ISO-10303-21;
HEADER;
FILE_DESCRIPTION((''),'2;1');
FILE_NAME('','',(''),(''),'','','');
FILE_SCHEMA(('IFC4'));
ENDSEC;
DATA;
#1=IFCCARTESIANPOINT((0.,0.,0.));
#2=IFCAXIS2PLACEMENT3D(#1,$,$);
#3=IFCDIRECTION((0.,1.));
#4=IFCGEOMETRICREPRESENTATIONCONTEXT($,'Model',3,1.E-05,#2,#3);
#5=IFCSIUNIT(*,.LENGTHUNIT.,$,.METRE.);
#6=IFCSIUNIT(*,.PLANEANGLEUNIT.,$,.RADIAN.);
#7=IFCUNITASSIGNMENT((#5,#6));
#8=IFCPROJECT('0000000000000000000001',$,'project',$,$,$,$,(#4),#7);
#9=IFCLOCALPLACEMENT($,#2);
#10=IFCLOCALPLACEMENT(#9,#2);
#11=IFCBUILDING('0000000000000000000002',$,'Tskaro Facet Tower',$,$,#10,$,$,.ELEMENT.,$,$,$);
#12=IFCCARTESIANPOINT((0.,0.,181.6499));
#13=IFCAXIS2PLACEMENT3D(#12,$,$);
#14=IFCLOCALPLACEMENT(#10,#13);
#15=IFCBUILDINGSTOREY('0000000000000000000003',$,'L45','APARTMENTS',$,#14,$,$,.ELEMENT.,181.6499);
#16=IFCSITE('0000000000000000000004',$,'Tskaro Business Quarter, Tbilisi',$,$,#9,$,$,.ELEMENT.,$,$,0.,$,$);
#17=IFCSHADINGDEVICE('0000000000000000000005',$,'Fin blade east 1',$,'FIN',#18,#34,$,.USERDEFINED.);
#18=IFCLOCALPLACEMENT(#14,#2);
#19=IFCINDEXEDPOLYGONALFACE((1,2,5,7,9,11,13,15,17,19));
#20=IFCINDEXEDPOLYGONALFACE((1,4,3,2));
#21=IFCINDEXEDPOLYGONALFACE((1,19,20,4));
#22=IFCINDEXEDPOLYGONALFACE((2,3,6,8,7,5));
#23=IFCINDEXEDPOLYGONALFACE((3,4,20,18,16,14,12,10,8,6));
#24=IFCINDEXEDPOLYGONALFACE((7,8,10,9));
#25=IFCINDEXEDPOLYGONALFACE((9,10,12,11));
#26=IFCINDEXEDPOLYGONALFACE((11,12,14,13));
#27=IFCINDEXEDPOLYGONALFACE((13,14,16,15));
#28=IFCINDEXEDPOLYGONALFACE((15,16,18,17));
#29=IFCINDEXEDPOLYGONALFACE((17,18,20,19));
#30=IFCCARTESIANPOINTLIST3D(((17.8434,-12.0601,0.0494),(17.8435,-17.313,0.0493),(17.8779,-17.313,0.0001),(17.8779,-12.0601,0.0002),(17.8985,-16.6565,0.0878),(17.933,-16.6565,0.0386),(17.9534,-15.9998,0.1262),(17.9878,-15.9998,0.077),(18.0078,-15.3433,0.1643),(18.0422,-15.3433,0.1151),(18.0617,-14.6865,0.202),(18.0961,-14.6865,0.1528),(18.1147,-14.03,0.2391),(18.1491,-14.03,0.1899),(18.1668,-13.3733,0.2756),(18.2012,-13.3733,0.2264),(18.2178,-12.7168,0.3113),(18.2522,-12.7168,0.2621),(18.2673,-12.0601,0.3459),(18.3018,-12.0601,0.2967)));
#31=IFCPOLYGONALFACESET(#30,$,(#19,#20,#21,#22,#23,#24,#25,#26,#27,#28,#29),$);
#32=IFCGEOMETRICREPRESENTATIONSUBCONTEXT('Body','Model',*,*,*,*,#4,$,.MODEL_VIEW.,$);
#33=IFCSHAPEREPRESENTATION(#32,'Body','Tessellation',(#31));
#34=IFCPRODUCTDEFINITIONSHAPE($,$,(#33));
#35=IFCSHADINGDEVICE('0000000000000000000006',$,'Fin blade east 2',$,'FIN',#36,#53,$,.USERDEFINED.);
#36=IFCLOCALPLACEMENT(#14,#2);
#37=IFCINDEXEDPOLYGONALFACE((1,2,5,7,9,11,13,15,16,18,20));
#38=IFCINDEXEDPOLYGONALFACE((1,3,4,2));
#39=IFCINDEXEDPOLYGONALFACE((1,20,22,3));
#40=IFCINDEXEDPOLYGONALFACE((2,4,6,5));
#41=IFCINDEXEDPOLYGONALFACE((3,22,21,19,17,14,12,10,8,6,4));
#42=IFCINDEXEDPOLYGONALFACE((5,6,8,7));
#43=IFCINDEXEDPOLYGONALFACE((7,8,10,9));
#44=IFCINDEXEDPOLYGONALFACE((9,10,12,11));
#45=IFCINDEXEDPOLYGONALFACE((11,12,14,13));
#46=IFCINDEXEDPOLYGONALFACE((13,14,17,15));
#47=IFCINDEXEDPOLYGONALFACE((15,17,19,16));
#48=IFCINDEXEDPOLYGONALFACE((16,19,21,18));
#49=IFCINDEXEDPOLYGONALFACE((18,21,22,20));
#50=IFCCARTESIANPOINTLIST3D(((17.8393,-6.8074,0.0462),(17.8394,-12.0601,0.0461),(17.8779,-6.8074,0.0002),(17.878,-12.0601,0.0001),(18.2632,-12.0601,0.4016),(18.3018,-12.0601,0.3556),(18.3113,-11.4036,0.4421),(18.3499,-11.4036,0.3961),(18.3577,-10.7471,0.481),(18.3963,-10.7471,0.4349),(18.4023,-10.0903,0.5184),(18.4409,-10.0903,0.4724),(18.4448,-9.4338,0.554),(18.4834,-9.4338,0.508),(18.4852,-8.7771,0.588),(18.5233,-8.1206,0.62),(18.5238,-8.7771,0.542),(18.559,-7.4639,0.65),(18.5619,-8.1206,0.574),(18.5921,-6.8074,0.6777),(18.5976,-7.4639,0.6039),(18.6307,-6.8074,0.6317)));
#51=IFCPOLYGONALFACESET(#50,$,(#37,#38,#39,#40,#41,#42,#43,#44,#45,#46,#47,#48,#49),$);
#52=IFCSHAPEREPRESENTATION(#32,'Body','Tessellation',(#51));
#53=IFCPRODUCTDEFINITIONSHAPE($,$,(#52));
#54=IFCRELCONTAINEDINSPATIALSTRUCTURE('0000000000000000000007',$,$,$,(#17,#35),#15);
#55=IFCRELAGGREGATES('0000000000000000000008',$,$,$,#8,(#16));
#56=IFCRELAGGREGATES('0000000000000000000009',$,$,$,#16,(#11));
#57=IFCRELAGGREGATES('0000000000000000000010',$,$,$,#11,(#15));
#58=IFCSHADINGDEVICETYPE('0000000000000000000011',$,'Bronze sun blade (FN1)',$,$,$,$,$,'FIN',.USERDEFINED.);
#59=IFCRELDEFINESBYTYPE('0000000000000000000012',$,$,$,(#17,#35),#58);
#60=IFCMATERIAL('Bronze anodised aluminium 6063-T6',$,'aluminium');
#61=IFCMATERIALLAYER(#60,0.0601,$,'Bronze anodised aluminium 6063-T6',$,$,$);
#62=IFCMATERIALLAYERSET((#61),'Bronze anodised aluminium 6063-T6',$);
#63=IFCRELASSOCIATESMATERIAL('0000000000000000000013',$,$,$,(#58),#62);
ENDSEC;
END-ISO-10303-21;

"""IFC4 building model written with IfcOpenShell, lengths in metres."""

from ifc_helpers import new_model, si_unit, direction, frame, origin, place, context, subcontext, project, spatial, polyline, outline, extrude, material, layer, layer_set, type_object, element, save


model = new_model("IFC4")

# Units and contexts
model_context = context("Model", 3, precision=1e-05, world=origin(), true_north=direction((0.0, 1.0)))
body_context = subcontext(model_context, "Body", "Model", "MODEL_VIEW")
ifc_project = project(units=[si_unit("LENGTHUNIT", "METRE"), si_unit("PLANEANGLEUNIT", "RADIAN")], contexts=[model_context])

# Site, building, storey
site_placement = place(None, origin())
site = spatial("IfcSite", under=ifc_project, at=site_placement, Name="Tskaro Business Quarter, Tbilisi", CompositionType="ELEMENT", RefElevation=0.0)
building_placement = place(site_placement, origin())
building = spatial("IfcBuilding", under=site, at=building_placement, Name="Tskaro Facet Tower", CompositionType="ELEMENT")
storey_placement = place(building_placement, frame((0.0, 0.0, 181.6499)))
storey = spatial("IfcBuildingStorey", under=building, at=storey_placement, Name="L45", Description="APARTMENTS", CompositionType="ELEMENT", Elevation=181.6499)

# Shared definitions
ifc_material_1 = material(Name="Bronze anodised aluminium 6063-T6", Category="aluminium")

# Shading devices
ifc_layer_1 = layer(ifc_material_1, 0.0601, Name="Bronze anodised aluminium 6063-T6")
ifc_layer_set_1 = layer_set([ifc_layer_1], Name="Bronze anodised aluminium 6063-T6")
shading_device_type = type_object("IfcShadingDeviceType", Name="Bronze sun blade (FN1)", ElementType="FIN", PredefinedType="USERDEFINED", material=ifc_layer_set_1)
shading_device_1_placement = place(storey_placement, frame((17.8435, -17.313, 0.0493), z_axis=(-0.573245, -0.000019, 0.819384), x_axis=(-0.000011, 1.0, 0.000016)))
element("IfcShadingDevice", 1, at=shading_device_1_placement, inside=storey, type_object=shading_device_type, Name="Fin blade east 1", ObjectType="FIN", PredefinedType="USERDEFINED", context=body_context, shape_type="SweptSolid", body=[
    extrude(outline(polyline([(0.0, 0.0), (5.2529, 0.0), (5.2529, -0.5173), (4.5962, -0.4568), (3.9397, -0.3946), (3.283, -0.331), (2.6265, -0.2663), (1.9697, -0.2005), (1.3132, -0.1341), (0.6565, -0.0672), (0.0, 0.0)])), origin(), (0.0, 0.0, -1.0), 0.0601),
])
shading_device_2_placement = place(storey_placement, frame((17.8394, -12.0601, 0.0461), z_axis=(-0.642657, -0.000023, 0.766154), x_axis=(-0.000015, 1.0, 0.000018)))
element("IfcShadingDevice", 2, at=shading_device_2_placement, inside=storey, type_object=shading_device_type, Name="Fin blade east 2", ObjectType="FIN", PredefinedType="USERDEFINED", context=body_context, shape_type="SweptSolid", body=[
    extrude(outline(polyline([(0.0, 0.0), (5.2527, 0.0), (5.2527, -0.9826), (4.5962, -0.9394), (3.9395, -0.8928), (3.283, -0.8431), (2.6262, -0.7902), (1.9697, -0.7348), (1.313, -0.6765), (0.6565, -0.6161), (0.0, -0.5532), (0.0, 0.0)])), origin(), (0.0, 0.0, -1.0), 0.0601),
])

save(model, "model.ifc")
